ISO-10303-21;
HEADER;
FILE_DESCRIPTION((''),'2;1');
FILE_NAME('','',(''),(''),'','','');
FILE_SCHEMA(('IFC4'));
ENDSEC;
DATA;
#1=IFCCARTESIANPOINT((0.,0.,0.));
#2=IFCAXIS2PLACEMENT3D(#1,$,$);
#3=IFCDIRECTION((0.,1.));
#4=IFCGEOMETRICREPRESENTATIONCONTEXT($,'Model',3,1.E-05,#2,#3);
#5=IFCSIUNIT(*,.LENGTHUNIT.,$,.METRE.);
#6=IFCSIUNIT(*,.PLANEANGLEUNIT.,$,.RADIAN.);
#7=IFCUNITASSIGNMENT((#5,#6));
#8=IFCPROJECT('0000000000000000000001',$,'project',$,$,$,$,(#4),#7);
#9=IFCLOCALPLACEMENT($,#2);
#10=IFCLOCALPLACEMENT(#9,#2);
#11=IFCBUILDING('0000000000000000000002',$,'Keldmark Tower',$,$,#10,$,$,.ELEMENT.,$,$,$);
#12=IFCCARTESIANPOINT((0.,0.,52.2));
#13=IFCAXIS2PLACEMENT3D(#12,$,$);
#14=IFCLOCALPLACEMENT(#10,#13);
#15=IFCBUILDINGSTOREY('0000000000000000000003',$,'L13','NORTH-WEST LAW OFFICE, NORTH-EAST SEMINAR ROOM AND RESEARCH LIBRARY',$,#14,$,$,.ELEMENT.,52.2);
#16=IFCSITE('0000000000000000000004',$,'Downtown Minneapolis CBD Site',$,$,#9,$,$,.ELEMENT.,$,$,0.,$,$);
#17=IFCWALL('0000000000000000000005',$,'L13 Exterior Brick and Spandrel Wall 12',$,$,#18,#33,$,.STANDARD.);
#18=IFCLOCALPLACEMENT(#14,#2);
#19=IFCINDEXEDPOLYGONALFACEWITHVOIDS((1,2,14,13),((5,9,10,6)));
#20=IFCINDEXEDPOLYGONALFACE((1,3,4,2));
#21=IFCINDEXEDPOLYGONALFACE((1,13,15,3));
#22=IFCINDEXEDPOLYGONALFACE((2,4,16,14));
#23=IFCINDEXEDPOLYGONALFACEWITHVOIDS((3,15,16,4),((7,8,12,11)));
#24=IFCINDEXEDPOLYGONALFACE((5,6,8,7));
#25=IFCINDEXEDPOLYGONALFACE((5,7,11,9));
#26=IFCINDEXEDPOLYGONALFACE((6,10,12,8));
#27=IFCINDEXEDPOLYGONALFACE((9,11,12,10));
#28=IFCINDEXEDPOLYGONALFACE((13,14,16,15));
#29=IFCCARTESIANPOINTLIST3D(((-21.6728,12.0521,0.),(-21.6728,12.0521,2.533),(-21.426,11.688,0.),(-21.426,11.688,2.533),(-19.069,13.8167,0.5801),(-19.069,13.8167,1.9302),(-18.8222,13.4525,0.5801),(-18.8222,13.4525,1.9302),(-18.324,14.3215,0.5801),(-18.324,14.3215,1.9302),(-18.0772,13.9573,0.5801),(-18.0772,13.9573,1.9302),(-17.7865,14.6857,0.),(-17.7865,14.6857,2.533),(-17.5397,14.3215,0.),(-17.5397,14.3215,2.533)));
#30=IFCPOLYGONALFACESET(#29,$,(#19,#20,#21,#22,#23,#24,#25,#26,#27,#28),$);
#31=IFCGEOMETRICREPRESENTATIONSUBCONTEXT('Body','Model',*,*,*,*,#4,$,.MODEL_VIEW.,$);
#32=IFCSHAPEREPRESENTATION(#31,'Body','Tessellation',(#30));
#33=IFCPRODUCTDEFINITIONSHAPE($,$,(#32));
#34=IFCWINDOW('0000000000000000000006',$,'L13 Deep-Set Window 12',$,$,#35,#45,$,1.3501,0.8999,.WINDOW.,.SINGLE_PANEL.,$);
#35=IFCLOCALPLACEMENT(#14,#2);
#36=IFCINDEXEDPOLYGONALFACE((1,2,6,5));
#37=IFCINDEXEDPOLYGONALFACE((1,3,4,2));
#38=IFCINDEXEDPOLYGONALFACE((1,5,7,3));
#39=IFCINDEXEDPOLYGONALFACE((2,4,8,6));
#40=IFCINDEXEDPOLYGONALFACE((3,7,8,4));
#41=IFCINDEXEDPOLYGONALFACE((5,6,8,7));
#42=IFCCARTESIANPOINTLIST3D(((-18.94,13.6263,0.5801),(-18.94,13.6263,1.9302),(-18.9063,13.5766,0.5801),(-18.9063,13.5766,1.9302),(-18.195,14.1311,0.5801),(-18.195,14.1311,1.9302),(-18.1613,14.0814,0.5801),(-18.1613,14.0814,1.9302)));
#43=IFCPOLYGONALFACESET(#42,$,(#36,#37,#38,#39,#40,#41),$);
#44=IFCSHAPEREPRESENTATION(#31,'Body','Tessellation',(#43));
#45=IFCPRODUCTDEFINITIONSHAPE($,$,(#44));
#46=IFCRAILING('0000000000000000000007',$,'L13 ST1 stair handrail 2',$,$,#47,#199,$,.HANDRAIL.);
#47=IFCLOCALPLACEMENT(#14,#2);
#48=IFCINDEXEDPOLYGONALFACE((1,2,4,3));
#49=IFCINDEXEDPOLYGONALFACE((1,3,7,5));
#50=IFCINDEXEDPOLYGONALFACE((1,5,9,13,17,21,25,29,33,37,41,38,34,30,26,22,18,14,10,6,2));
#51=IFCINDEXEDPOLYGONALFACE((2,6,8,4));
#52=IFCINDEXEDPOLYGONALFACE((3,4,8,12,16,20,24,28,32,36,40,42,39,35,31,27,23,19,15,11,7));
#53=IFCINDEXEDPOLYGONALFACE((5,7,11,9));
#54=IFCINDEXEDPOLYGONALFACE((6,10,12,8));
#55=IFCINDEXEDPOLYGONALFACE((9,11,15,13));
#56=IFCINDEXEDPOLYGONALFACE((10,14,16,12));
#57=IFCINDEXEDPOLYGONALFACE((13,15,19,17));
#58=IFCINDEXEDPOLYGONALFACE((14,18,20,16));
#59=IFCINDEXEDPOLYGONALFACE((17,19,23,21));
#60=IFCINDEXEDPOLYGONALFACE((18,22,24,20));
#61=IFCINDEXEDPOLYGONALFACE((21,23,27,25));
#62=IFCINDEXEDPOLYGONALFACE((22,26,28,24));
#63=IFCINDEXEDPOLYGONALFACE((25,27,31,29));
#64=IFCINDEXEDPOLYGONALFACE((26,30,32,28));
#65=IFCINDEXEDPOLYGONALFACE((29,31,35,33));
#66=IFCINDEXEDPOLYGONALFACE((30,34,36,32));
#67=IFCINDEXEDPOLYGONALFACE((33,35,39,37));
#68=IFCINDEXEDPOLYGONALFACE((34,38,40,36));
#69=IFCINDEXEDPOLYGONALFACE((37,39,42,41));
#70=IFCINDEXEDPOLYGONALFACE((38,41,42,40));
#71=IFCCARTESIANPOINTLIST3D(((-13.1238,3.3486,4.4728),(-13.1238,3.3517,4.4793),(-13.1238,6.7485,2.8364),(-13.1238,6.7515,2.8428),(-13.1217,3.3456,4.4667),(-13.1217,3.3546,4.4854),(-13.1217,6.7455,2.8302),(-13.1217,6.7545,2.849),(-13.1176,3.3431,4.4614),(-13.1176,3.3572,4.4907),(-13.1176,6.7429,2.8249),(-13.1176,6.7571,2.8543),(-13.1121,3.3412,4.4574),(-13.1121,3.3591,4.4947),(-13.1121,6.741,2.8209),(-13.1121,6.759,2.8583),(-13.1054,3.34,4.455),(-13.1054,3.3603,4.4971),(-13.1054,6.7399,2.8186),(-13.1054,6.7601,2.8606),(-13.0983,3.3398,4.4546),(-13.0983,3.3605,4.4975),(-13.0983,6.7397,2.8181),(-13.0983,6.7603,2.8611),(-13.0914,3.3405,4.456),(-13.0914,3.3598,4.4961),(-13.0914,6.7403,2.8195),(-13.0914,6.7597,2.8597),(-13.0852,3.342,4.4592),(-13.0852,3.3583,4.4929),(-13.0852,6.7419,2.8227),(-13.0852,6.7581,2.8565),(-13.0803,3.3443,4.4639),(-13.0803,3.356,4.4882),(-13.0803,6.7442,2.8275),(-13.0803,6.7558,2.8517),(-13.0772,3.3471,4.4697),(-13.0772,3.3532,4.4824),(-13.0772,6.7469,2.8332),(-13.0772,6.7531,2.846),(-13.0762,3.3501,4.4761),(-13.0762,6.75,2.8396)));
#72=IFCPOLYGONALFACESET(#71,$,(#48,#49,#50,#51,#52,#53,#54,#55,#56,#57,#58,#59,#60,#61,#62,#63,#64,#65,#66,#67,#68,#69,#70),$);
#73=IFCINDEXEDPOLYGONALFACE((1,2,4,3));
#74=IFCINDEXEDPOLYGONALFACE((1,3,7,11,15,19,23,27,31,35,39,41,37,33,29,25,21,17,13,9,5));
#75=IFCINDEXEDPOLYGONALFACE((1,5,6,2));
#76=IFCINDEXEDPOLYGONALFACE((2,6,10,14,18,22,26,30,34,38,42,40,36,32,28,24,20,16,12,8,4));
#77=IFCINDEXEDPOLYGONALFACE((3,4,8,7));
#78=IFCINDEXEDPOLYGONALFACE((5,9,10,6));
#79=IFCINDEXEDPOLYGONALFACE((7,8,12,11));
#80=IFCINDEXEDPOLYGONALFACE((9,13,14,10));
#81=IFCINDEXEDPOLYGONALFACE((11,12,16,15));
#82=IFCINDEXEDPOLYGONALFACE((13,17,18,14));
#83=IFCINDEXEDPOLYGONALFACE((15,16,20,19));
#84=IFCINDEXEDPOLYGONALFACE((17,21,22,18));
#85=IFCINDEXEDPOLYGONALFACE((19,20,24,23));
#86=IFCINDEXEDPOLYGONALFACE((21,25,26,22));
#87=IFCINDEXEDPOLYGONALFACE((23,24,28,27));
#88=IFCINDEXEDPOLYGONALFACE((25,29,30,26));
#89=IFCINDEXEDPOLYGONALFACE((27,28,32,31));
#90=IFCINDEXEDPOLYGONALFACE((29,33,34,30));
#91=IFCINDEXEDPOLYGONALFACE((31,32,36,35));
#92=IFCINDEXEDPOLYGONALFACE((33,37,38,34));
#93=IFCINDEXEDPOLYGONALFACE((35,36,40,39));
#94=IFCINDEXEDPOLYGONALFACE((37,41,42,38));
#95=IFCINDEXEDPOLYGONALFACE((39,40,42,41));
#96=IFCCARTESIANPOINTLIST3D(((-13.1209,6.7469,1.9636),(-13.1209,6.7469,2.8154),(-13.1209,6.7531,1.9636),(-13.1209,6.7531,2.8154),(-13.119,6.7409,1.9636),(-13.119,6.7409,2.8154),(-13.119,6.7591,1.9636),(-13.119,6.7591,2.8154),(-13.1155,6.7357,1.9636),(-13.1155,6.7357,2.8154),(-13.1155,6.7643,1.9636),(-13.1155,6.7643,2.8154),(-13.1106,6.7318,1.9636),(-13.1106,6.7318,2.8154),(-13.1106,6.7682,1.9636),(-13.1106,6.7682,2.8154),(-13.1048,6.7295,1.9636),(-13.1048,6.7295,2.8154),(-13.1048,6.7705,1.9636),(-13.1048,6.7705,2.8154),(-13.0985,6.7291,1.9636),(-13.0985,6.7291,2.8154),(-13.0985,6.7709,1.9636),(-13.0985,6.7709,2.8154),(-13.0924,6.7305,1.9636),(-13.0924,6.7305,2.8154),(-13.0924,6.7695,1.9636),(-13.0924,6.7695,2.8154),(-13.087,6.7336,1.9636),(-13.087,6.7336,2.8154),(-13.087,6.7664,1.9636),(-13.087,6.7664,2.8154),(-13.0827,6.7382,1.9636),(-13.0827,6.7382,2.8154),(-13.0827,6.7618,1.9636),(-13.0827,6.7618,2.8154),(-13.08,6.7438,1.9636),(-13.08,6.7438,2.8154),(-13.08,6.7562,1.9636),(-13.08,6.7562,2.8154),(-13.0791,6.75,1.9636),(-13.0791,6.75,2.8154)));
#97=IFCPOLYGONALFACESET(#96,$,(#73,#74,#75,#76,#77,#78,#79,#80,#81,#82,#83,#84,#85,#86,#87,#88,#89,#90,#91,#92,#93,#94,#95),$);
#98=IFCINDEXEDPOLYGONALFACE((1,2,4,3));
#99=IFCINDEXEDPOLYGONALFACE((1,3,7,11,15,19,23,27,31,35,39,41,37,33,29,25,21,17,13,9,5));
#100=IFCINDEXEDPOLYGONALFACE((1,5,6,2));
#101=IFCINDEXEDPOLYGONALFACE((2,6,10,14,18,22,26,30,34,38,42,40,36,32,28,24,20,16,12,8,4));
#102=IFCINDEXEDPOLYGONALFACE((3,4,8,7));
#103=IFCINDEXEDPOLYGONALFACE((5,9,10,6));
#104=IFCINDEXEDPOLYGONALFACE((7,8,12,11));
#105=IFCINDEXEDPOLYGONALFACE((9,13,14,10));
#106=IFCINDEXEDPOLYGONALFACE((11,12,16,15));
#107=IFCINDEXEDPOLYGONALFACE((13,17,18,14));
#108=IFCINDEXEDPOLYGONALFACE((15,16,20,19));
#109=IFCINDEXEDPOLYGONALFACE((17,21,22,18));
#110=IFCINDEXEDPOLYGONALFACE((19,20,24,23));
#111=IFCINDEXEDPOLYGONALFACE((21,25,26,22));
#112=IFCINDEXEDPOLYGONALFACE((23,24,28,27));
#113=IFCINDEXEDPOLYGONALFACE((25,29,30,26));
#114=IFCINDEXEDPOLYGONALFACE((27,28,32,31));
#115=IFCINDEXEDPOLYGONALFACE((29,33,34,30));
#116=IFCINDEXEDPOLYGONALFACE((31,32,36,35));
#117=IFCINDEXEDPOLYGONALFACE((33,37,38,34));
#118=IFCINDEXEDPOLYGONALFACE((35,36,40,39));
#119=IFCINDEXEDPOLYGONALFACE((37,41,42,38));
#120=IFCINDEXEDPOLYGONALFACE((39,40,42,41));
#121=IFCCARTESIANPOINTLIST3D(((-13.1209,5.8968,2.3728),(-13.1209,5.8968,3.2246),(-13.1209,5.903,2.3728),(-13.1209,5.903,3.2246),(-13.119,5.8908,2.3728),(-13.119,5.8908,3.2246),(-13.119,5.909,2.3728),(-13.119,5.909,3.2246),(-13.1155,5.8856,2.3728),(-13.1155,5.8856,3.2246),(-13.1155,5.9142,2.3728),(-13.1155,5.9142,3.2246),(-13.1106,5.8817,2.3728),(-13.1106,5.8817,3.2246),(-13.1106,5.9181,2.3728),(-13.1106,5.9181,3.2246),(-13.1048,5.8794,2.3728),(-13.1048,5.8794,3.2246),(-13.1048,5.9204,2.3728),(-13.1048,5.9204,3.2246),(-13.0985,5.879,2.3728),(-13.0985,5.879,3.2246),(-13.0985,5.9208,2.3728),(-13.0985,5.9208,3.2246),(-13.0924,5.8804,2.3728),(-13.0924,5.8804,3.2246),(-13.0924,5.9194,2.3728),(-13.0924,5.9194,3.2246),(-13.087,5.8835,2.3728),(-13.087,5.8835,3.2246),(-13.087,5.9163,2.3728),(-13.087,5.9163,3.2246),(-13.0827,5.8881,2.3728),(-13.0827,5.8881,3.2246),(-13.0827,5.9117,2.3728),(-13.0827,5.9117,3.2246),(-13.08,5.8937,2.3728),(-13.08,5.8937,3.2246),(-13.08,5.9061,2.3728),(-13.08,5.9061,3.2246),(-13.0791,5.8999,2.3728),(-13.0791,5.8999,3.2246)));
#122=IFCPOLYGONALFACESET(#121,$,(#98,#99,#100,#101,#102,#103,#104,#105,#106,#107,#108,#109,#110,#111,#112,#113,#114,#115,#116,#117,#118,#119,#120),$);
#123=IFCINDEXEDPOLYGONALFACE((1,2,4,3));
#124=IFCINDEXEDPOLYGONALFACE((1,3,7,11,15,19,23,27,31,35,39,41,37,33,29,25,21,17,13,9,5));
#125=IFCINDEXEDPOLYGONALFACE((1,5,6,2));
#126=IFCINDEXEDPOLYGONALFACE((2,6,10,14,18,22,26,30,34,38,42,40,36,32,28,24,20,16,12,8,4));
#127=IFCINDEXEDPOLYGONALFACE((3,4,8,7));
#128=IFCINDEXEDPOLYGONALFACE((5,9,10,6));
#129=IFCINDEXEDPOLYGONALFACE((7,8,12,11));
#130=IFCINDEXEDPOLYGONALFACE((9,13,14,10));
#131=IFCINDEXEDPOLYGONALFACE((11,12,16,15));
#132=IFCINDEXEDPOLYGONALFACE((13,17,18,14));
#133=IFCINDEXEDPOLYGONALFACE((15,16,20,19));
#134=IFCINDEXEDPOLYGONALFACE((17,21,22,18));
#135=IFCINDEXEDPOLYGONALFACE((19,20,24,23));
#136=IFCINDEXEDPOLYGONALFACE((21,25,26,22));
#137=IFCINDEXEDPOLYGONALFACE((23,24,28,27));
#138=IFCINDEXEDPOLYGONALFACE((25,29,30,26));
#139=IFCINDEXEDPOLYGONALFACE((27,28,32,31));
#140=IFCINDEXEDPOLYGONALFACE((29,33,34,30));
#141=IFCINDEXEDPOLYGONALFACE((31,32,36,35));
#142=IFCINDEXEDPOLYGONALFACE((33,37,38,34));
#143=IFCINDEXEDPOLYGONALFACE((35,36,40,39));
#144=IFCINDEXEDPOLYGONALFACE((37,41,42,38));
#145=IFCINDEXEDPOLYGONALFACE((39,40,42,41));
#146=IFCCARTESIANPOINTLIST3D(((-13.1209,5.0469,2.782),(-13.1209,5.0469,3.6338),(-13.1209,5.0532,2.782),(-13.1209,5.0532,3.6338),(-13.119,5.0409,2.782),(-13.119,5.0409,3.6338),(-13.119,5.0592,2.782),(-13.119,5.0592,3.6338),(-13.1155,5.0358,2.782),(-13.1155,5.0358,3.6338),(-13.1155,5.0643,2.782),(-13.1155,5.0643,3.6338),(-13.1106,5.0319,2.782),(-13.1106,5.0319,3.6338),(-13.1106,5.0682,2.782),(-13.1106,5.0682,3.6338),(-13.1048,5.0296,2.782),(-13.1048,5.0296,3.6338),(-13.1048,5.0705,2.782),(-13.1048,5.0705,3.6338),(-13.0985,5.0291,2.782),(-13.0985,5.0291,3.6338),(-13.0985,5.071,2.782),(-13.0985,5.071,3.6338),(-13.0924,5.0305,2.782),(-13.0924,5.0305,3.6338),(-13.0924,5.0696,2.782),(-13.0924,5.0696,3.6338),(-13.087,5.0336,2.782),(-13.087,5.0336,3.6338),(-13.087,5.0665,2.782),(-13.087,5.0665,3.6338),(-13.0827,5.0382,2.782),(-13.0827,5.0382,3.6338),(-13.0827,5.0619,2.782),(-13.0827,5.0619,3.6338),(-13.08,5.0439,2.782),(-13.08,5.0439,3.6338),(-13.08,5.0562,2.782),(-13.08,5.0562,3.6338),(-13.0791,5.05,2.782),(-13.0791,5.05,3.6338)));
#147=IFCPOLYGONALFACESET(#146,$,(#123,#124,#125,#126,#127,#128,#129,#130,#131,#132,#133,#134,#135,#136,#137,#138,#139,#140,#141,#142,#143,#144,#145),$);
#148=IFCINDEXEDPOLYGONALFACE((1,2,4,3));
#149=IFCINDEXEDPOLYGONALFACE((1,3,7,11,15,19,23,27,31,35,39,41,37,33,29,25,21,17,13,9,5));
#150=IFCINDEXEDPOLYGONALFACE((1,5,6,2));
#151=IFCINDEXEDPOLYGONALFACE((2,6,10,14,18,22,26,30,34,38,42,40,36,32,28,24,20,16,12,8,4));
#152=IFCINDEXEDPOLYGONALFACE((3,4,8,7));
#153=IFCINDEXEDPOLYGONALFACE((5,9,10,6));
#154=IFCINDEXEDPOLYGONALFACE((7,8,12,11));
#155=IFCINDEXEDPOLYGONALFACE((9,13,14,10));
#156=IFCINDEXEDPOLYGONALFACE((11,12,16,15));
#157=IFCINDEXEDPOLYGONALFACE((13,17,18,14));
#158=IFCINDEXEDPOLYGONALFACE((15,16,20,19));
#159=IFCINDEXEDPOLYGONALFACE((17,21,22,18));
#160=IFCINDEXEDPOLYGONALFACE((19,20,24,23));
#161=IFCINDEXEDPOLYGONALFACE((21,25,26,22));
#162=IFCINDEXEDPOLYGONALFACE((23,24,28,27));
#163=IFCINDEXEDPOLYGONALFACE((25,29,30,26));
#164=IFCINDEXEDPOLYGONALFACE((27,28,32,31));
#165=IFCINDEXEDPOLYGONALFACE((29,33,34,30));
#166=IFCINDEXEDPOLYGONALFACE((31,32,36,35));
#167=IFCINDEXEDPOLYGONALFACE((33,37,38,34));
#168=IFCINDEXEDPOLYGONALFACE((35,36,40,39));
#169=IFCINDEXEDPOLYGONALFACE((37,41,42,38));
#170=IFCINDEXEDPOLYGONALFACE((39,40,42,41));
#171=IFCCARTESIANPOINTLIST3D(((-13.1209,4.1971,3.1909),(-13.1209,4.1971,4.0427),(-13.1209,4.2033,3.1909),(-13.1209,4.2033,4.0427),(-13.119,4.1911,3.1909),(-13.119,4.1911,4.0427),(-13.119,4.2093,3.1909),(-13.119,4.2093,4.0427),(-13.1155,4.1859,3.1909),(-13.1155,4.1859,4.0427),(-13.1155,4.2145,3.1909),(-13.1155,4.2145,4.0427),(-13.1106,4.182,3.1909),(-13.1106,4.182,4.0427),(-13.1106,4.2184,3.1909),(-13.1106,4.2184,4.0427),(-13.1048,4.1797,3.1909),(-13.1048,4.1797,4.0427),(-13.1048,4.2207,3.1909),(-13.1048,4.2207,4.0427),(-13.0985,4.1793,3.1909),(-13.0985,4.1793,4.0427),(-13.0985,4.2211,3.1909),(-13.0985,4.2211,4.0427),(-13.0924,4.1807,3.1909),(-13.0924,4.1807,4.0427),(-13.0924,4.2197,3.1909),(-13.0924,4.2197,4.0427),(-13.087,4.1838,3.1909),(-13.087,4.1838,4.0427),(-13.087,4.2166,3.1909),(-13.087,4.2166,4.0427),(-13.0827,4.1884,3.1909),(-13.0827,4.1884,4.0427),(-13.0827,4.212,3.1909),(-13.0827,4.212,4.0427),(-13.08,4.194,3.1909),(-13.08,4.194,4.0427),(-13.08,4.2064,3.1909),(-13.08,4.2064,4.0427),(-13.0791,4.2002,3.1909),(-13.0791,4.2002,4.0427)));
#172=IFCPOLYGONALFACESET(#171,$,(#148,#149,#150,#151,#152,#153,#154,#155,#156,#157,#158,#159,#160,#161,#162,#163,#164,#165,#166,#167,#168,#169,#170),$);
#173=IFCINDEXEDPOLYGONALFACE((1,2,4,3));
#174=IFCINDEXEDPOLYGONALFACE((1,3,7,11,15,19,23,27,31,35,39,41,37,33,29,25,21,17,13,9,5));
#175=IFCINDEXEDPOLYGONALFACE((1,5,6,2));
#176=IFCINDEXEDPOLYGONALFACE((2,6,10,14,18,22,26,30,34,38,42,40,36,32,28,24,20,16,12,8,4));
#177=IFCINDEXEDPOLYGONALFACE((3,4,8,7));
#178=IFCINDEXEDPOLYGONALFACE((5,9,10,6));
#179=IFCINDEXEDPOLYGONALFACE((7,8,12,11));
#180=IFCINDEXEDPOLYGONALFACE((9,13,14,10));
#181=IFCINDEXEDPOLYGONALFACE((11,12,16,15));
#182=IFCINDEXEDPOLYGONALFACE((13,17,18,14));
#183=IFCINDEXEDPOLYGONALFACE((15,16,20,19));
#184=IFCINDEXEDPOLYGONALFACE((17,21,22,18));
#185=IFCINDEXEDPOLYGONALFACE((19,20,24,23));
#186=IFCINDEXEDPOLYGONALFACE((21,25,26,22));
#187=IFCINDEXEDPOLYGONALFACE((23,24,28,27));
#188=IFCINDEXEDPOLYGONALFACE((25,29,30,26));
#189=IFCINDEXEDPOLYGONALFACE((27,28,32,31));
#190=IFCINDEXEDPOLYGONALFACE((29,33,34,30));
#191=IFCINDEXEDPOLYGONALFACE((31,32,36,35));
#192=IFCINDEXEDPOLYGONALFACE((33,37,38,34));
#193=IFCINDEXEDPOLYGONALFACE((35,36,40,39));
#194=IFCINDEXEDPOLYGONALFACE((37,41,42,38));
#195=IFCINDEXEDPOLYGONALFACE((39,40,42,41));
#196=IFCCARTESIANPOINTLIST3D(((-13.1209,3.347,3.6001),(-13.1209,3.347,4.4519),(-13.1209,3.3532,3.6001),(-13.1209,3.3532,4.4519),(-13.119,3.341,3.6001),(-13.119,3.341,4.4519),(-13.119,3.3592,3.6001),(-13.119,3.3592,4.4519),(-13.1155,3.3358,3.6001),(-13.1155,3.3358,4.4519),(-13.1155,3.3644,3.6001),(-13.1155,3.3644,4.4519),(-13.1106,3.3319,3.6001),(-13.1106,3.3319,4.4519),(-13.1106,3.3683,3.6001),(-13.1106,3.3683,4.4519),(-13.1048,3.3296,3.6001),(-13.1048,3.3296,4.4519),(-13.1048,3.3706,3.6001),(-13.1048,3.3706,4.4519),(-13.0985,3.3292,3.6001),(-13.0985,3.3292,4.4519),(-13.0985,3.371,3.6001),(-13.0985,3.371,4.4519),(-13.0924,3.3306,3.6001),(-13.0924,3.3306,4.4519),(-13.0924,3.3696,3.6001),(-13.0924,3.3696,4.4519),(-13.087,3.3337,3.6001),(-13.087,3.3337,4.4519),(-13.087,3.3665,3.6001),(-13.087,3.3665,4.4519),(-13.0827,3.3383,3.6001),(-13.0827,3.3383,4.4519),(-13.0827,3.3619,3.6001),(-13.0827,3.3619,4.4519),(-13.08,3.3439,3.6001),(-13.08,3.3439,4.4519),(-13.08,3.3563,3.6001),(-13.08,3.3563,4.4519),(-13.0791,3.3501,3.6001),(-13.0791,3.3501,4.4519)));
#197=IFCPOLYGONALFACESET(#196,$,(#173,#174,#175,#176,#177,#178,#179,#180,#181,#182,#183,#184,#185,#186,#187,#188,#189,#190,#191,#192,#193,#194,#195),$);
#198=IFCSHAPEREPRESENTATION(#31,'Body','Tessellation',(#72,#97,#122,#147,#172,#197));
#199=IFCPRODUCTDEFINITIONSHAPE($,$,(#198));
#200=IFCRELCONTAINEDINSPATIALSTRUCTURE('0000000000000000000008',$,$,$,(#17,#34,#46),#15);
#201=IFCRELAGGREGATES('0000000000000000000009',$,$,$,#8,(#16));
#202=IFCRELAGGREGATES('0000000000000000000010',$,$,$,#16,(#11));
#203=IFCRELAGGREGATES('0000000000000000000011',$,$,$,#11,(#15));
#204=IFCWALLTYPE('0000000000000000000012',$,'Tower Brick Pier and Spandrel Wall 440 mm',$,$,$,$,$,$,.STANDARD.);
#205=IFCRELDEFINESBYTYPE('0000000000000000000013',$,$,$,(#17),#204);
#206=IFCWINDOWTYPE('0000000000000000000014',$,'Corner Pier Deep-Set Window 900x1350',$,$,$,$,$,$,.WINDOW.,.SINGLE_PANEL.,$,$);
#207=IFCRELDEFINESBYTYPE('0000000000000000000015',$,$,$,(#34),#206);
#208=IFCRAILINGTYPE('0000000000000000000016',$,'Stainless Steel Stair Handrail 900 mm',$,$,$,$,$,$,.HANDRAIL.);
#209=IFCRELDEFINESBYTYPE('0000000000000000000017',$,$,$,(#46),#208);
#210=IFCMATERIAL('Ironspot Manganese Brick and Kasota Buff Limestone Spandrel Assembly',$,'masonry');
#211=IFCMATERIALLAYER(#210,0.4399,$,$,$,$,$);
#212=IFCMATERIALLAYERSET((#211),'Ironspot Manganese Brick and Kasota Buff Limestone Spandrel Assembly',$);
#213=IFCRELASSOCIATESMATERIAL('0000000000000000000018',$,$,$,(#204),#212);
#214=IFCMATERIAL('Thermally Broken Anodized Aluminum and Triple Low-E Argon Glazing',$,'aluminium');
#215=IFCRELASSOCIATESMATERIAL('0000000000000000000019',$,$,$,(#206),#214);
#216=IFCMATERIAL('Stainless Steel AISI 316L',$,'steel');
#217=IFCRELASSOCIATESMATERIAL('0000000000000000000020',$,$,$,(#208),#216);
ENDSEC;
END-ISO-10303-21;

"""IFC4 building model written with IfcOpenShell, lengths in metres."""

from ifc_helpers import new_model, si_unit, direction, frame, frame_2d, origin, origin_2d, place, context, subcontext, project, spatial, rectangle, circle, extrude, material, layer, layer_set, type_object, element, fill, save


model = new_model("IFC4")

# Units and contexts
model_context = context("Model", 3, precision=1e-05, world=origin(), true_north=direction((0.0, 1.0)))
body_context = subcontext(model_context, "Body", "Model", "MODEL_VIEW")
ifc_project = project(units=[si_unit("LENGTHUNIT", "METRE"), si_unit("PLANEANGLEUNIT", "RADIAN")], contexts=[model_context])

# Site, building, storey
site_placement = place(None, origin())
site = spatial("IfcSite", under=ifc_project, at=site_placement, Name="Downtown Minneapolis CBD Site", CompositionType="ELEMENT", RefElevation=0.0)
building_placement = place(site_placement, origin())
building = spatial("IfcBuilding", under=site, at=building_placement, Name="Keldmark Tower", CompositionType="ELEMENT")
storey_placement = place(building_placement, frame((0.0, 0.0, 52.2)))
storey = spatial("IfcBuildingStorey", under=building, at=storey_placement, Name="L13", Description="NORTH-WEST LAW OFFICE, NORTH-EAST SEMINAR ROOM AND RESEARCH LIBRARY", CompositionType="ELEMENT", Elevation=52.2)

# Wall, opening, window
ifc_material_1 = material(Name="Ironspot Manganese Brick and Kasota Buff Limestone Spandrel Assembly", Category="masonry")
ifc_layer_1 = layer(ifc_material_1, 0.4399)
ifc_layer_set_1 = layer_set([ifc_layer_1], Name="Ironspot Manganese Brick and Kasota Buff Limestone Spandrel Assembly")
wall_type_1 = type_object("IfcWallType", Name="Tower Brick Pier and Spandrel Wall 440 mm", PredefinedType="STANDARD", material=ifc_layer_set_1)
ifc_material_2 = material(Name="Thermally Broken Anodized Aluminum and Triple Low-E Argon Glazing", Category="aluminium")
window_type = type_object("IfcWindowType", Name="Corner Pier Deep-Set Window 900x1350", PartitioningType="SINGLE_PANEL", PredefinedType="WINDOW", material=ifc_material_2)
wall_1_placement = place(storey_placement, frame((-21.5493, 11.8701, 0.0), z_axis=(0.0, 0.0, 1.0), x_axis=(0.827826, 0.560985, 0.0)))
wall_1 = element("IfcWall", 1, at=wall_1_placement, inside=storey, type_object=wall_type_1, Name="L13 Exterior Brick and Spandrel Wall 12", PredefinedType="STANDARD", context=body_context, shape_type="SweptSolid", body=[
    extrude(rectangle(XDim=4.6946, YDim=0.4399, at=frame_2d((2.3472, 0.0))), origin(), (0.0, 0.0, 1.0), 2.533),
])
opening_1_placement = place(wall_1_placement, frame((3.1453, 0.0, 0.5801)))
opening_1 = element("IfcOpeningElement", 2, at=opening_1_placement, cuts=wall_1, PredefinedType="OPENING", context=body_context, shape_type="SweptSolid", body=[
    extrude(rectangle(XDim=0.8999, YDim=1.3501, at=frame_2d((0.45, 0.675))), frame((0.0, 0.23, 0.0), z_axis=(0.0, -1.0, 0.0), x_axis=(1.0, 0.0, 0.0)), (0.0, 0.0, 1.0), 0.46),
])
window_1_placement = place(opening_1_placement, origin())
window_1 = element("IfcWindow", 3, at=window_1_placement, inside=storey, type_object=window_type, Name="L13 Deep-Set Window 12", OverallHeight=1.3501, OverallWidth=0.8999, PartitioningType="SINGLE_PANEL", PredefinedType="WINDOW", context=body_context, shape_type="SweptSolid", body=[
    extrude(rectangle(XDim=0.8999, YDim=1.3501, at=frame_2d((0.45, 0.675))), frame((0.0, -0.01, 0.0), z_axis=(0.0, -1.0, 0.0), x_axis=(1.0, 0.0, 0.0)), (0.0, 0.0, 1.0), 0.0601),
])
fill(opening_1, window_1)

# Railing
ifc_material_3 = material(Name="Stainless Steel AISI 316L", Category="steel")
railing_type = type_object("IfcRailingType", Name="Stainless Steel Stair Handrail 900 mm", PredefinedType="HANDRAIL", material=ifc_material_3)
railing_placement = place(storey_placement, frame((-13.1001, 6.75, 1.9636)))
element("IfcRailing", 4, at=railing_placement, inside=storey, type_object=railing_type, Name="L13 ST1 stair handrail 2", PredefinedType="HANDRAIL", context=body_context, shape_type="SweptSolid", body=[
    extrude(circle(Radius=0.0239, at=origin_2d()), frame((0.0, 0.0, 0.876), z_axis=(0.0, -0.901055, 0.433705), x_axis=(1.0, 0.0, 0.0)), (0.0, 0.0, 1.0), 3.7732),
    extrude(circle(Radius=0.021, at=origin_2d()), origin(), (0.0, 0.0, 1.0), 0.8518),
    extrude(circle(Radius=0.021, at=origin_2d()), frame((0.0, -0.8501, 0.4092)), (0.0, 0.0, 1.0), 0.8518),
    extrude(circle(Radius=0.021, at=origin_2d()), frame((0.0, -1.7, 0.8184)), (0.0, 0.0, 1.0), 0.8518),
    extrude(circle(Radius=0.021, at=origin_2d()), frame((0.0, -2.5498, 1.2273)), (0.0, 0.0, 1.0), 0.8518),
    extrude(circle(Radius=0.021, at=origin_2d()), frame((0.0, -3.3999, 1.6365)), (0.0, 0.0, 1.0), 0.8518),
])

save(model, "model.ifc")
